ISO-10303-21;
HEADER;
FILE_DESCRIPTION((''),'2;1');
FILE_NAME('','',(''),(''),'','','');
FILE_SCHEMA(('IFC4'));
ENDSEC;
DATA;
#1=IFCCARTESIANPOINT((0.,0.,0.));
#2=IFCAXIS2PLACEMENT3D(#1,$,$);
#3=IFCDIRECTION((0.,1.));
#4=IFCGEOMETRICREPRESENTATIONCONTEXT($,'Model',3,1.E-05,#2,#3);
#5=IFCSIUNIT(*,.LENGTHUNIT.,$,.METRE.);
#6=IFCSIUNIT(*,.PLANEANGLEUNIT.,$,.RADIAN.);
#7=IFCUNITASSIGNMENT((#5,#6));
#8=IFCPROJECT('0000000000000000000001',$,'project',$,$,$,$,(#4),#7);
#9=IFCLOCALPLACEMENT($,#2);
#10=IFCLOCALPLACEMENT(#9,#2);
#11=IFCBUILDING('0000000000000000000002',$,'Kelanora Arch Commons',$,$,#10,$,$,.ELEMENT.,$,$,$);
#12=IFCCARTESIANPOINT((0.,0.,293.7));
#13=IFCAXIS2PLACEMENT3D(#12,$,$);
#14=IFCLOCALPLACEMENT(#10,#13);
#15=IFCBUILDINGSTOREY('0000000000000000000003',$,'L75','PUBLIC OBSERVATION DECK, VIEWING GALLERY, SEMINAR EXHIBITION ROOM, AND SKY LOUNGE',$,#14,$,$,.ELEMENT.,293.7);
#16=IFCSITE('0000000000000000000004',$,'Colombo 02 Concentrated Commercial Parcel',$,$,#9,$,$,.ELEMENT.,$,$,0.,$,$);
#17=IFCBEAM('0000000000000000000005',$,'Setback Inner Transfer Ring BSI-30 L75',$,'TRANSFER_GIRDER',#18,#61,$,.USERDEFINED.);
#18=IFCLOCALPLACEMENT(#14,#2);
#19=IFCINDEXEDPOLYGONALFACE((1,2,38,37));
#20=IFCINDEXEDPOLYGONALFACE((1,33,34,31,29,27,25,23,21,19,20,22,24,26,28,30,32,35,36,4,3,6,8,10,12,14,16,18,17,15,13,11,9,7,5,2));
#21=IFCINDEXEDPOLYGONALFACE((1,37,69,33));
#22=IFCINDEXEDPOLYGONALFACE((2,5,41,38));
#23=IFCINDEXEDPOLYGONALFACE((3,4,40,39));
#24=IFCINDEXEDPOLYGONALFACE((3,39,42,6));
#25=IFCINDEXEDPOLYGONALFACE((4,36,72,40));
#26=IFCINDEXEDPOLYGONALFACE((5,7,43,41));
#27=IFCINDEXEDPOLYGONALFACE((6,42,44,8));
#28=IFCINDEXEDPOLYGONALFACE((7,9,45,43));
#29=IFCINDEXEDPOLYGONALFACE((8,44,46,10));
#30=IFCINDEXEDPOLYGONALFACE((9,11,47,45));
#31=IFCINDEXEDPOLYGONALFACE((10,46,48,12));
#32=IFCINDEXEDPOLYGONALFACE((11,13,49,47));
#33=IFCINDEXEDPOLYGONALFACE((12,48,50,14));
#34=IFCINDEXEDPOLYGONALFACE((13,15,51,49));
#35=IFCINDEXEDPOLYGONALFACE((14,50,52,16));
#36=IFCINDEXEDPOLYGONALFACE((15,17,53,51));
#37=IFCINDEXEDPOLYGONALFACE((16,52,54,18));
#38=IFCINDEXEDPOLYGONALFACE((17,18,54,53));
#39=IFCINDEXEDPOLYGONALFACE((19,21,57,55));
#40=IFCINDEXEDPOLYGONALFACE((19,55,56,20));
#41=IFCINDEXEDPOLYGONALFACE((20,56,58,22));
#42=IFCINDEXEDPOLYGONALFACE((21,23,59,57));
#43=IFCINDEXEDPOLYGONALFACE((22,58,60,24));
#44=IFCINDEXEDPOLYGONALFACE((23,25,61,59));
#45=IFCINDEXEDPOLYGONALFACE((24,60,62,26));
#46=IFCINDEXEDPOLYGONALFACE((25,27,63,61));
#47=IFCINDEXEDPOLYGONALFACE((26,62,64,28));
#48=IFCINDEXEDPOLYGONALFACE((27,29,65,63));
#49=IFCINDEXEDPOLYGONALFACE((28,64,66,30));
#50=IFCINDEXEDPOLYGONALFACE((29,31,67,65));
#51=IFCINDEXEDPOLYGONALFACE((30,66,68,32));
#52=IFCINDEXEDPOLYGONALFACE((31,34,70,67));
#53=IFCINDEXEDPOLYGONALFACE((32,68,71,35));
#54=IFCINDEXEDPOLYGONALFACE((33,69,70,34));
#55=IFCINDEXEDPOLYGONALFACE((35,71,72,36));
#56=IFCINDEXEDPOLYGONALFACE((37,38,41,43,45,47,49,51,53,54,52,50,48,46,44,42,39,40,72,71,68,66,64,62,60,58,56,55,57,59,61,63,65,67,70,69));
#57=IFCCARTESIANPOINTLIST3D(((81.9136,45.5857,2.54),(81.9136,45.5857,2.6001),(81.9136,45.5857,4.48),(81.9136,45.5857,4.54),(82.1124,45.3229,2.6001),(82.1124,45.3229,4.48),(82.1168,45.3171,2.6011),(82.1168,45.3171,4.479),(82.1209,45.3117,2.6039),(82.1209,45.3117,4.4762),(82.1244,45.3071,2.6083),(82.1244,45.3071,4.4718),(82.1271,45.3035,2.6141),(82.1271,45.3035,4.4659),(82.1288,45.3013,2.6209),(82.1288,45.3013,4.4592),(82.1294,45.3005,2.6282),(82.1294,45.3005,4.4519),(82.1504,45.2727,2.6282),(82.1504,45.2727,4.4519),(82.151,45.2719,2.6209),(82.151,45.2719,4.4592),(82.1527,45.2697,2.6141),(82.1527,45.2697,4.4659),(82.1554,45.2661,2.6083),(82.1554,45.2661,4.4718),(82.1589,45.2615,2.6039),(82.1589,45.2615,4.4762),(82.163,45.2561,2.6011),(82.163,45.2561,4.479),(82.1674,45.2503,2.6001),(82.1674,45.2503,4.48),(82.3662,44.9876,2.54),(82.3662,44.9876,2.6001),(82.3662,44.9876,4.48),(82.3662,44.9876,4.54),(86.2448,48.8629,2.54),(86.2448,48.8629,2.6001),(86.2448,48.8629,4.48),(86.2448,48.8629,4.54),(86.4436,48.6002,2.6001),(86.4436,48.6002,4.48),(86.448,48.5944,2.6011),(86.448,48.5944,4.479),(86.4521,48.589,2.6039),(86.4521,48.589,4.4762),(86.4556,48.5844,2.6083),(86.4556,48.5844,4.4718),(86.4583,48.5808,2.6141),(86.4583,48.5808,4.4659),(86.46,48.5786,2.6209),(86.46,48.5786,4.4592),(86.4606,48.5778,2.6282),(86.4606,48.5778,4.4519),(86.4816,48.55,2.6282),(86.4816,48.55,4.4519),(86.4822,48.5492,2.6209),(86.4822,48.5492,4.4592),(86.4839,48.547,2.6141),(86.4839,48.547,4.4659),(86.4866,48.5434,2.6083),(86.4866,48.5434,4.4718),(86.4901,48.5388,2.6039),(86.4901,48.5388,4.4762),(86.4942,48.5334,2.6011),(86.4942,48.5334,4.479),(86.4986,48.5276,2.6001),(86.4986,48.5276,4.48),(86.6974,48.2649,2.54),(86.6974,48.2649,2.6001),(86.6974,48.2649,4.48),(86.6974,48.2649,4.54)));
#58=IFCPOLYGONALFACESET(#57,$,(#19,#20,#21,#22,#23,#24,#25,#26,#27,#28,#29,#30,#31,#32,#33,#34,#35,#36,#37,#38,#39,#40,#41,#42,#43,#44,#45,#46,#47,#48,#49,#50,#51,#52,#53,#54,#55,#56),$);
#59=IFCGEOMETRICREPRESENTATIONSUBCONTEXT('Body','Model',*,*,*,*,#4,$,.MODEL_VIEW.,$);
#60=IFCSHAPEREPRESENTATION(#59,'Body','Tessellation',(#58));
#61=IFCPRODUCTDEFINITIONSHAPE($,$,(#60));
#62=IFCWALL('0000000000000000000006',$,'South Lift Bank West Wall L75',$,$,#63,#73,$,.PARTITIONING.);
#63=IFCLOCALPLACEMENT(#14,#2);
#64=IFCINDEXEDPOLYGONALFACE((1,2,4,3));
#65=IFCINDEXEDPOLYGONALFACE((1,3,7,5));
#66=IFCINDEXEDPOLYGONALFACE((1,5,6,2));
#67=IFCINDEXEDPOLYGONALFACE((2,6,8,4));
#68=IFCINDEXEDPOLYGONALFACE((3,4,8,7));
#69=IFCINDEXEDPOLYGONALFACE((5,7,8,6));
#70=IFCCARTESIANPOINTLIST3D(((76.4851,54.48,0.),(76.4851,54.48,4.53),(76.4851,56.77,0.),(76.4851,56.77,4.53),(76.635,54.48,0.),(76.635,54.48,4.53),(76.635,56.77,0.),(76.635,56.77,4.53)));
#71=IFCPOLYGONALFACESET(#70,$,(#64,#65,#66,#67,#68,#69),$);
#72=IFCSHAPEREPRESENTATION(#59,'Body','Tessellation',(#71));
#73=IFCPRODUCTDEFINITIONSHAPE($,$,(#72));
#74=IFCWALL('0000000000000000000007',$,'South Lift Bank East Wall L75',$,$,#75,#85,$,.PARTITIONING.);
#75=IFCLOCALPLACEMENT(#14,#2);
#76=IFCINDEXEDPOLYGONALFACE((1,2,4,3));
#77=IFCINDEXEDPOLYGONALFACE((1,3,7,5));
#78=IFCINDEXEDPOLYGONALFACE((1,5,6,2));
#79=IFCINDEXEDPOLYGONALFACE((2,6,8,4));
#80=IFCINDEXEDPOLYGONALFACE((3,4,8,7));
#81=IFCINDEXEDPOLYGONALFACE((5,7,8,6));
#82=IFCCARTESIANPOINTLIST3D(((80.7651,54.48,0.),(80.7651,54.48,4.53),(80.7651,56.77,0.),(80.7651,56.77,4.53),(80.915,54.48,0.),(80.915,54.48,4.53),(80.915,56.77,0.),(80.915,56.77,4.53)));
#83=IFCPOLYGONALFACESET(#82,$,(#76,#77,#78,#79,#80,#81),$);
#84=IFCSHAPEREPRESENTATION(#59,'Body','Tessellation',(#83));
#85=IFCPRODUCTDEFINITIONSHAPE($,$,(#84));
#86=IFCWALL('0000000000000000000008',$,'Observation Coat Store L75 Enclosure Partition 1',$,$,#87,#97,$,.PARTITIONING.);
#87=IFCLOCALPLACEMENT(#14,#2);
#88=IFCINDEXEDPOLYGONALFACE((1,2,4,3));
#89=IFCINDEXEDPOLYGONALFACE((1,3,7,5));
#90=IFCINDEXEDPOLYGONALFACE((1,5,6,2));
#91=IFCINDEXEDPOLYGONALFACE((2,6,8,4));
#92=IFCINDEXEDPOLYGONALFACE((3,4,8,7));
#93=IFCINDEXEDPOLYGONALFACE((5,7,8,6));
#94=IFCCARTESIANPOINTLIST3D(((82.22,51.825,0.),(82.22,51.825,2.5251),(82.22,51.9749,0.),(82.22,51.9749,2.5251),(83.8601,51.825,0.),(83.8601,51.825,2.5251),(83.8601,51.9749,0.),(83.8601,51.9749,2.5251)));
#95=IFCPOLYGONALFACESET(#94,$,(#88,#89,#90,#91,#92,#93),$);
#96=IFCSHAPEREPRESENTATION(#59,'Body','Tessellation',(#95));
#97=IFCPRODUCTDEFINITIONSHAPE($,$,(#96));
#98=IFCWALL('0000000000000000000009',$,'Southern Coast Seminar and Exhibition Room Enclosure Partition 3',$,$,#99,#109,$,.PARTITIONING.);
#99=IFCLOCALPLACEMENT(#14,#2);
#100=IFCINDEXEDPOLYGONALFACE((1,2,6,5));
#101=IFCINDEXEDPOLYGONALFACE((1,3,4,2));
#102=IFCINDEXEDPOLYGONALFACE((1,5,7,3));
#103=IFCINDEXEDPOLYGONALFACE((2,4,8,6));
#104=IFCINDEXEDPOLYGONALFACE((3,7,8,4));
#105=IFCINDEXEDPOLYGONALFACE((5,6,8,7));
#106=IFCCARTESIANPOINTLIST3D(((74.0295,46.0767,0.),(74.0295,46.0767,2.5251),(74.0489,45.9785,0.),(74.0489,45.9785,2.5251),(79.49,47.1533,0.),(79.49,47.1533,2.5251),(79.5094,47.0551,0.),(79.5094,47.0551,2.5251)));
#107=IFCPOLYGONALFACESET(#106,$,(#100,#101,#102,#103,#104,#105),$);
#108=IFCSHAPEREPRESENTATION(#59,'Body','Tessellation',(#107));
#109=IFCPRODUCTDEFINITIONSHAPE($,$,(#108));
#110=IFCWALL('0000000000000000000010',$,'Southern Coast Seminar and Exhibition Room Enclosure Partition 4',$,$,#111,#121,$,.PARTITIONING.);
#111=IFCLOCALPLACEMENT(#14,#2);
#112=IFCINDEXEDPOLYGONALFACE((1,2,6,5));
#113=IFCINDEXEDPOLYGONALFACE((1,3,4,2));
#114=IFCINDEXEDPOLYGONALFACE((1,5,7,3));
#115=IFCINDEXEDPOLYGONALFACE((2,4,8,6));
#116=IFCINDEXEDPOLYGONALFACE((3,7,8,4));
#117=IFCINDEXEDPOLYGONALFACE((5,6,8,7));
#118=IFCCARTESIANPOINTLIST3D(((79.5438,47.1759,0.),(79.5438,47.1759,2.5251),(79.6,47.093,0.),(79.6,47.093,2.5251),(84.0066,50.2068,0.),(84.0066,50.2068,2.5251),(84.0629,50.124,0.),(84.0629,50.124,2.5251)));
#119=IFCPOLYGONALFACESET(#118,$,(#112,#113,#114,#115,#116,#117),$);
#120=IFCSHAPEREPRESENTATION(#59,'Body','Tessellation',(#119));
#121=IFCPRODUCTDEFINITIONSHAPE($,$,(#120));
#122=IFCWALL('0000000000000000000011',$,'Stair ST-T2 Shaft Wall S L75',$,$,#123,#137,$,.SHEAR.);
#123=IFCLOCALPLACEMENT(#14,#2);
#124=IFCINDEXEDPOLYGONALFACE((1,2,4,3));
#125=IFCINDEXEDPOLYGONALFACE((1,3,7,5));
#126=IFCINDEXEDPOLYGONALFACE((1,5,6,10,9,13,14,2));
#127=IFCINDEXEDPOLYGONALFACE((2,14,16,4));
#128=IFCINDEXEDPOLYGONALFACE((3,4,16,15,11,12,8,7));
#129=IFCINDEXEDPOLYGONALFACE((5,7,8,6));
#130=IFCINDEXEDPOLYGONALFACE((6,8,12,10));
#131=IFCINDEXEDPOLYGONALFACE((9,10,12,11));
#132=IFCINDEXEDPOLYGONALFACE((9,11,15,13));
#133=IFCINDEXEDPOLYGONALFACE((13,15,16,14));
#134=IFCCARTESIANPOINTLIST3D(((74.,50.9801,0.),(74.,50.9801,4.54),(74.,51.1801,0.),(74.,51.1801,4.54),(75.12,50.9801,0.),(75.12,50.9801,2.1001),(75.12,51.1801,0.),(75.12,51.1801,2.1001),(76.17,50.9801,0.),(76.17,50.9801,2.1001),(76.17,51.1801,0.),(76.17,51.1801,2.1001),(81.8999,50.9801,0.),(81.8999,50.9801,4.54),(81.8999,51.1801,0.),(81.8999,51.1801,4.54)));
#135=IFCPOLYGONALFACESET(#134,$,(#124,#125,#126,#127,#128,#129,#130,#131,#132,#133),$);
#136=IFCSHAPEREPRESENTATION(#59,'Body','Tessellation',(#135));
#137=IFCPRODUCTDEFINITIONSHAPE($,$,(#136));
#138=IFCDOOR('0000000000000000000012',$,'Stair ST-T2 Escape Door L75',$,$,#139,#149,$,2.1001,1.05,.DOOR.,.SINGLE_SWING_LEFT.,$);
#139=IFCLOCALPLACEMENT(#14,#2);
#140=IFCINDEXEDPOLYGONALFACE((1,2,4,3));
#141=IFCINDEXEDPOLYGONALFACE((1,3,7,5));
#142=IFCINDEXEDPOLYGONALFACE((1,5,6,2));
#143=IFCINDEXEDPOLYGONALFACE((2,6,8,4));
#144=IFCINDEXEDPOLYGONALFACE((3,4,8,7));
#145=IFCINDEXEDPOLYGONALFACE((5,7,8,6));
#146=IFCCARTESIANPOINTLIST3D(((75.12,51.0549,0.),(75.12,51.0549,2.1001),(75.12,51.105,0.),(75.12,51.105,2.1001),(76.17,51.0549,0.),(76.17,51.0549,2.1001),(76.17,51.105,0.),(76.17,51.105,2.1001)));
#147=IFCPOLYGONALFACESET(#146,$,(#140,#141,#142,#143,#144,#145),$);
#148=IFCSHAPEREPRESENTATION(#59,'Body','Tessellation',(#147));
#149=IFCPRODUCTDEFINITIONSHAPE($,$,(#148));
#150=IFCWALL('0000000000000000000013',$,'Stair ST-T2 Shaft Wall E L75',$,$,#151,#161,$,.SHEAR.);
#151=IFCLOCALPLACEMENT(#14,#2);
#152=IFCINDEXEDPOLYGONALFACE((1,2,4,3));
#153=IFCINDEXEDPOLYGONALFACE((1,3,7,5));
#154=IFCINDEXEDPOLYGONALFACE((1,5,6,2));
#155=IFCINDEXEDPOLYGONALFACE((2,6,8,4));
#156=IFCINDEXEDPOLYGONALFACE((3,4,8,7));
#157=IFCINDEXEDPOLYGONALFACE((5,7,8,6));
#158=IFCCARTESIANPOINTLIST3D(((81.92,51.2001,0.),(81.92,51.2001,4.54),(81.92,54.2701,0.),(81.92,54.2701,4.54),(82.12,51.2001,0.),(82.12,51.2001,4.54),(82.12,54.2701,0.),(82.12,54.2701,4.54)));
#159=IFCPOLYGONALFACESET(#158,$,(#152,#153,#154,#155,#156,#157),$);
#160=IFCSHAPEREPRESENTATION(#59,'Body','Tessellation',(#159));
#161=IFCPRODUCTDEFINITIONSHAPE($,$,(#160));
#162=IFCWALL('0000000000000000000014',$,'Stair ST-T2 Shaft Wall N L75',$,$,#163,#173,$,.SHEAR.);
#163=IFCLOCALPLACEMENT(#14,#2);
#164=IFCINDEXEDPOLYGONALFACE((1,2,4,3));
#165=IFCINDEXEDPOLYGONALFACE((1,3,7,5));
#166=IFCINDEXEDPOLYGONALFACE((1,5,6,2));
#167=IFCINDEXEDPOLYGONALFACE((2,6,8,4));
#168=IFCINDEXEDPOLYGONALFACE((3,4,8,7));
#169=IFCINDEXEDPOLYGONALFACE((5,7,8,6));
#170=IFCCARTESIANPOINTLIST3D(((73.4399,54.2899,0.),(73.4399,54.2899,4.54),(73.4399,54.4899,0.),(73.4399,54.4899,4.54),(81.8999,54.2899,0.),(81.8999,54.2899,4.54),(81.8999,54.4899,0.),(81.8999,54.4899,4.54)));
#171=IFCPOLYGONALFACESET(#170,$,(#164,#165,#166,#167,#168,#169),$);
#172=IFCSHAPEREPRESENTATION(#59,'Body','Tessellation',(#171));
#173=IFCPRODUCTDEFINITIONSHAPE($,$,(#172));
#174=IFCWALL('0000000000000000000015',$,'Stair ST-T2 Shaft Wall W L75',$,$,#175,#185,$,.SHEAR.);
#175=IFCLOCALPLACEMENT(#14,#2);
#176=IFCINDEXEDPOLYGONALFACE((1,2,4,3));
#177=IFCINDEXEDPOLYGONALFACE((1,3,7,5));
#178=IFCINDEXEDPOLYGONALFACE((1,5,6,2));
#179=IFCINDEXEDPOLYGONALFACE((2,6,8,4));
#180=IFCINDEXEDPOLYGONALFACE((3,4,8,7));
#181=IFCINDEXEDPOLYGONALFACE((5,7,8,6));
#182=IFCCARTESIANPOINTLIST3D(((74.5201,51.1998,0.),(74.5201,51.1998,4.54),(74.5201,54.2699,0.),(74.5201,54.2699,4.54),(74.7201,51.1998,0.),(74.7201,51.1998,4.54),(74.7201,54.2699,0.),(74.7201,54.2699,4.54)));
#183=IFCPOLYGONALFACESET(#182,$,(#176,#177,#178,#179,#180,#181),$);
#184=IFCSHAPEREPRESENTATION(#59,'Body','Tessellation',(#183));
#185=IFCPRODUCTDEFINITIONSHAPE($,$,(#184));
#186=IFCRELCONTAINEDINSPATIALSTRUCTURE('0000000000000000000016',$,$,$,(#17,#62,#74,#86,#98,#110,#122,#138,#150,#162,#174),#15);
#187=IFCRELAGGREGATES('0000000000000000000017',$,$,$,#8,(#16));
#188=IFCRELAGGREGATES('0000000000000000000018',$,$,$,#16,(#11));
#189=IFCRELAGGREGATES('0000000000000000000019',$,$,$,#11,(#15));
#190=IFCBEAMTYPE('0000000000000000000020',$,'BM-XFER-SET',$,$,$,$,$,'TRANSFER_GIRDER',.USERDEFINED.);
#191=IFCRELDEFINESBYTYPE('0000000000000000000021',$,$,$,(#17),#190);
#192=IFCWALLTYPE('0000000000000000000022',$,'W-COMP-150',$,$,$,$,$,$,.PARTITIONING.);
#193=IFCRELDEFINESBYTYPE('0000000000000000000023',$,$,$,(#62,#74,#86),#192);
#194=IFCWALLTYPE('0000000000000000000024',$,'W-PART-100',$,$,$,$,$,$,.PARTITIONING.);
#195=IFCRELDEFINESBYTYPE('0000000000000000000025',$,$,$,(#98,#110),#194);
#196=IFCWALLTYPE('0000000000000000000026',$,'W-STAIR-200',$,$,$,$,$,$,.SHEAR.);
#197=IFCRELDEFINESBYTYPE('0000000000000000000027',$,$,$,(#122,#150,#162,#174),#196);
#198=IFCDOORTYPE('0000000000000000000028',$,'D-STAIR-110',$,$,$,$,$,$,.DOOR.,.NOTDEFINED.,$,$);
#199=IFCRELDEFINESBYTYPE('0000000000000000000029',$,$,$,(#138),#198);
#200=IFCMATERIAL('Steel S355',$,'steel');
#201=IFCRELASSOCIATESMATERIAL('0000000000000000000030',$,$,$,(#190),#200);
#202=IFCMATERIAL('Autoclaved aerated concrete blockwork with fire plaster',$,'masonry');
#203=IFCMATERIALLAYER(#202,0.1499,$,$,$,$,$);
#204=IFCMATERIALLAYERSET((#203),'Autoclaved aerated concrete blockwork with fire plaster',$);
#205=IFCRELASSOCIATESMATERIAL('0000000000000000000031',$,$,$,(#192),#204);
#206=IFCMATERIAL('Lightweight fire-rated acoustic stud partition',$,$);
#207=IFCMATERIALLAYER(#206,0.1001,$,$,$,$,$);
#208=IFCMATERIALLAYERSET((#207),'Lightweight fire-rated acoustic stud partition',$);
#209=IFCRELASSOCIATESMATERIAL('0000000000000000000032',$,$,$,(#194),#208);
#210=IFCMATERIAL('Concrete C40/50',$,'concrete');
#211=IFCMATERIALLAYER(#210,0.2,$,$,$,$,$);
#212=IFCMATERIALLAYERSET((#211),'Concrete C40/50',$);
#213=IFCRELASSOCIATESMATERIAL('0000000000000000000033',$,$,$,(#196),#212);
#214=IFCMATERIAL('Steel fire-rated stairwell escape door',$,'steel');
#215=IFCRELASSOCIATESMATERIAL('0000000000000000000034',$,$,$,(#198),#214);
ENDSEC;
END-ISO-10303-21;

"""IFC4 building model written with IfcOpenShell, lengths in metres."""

from ifc_helpers import new_model, si_unit, direction, frame, frame_2d, origin, origin_2d, place, context, subcontext, project, spatial, rectangle, i_section, extrude, material, layer, layer_set, material_profile, profile_set, type_object, element, fill, save


model = new_model("IFC4")

# Units and contexts
model_context = context("Model", 3, precision=1e-05, world=origin(), true_north=direction((0.0, 1.0)))
body_context = subcontext(model_context, "Body", "Model", "MODEL_VIEW")
ifc_project = project(units=[si_unit("LENGTHUNIT", "METRE"), si_unit("PLANEANGLEUNIT", "RADIAN")], contexts=[model_context])

# Site, building, storey
site_placement = place(None, origin())
site = spatial("IfcSite", under=ifc_project, at=site_placement, Name="Colombo 02 Concentrated Commercial Parcel", CompositionType="ELEMENT", RefElevation=0.0)
building_placement = place(site_placement, origin())
building = spatial("IfcBuilding", under=site, at=building_placement, Name="Kelanora Arch Commons", CompositionType="ELEMENT")
storey_placement = place(building_placement, frame((0.0, 0.0, 293.7)))
storey = spatial("IfcBuildingStorey", under=building, at=storey_placement, Name="L75", Description="PUBLIC OBSERVATION DECK, VIEWING GALLERY, SEMINAR EXHIBITION ROOM, AND SKY LOUNGE", CompositionType="ELEMENT", Elevation=293.7)

# Beam
ifc_material_1 = material(Name="Steel S355", Category="steel")
ifc_material_profile_1 = material_profile(ifc_material_1, i_section(OverallWidth=0.75, OverallDepth=2.0, WebThickness=0.0349, FlangeThickness=0.0601, FilletRadius=0.0281, at=origin_2d()), Name="PG2000x750")
ifc_profile_set_1 = profile_set([ifc_material_profile_1], Name="Steel S355")
beam_type_1 = type_object("IfcBeamType", Name="BM-XFER-SET", ElementType="TRANSFER_GIRDER", PredefinedType="USERDEFINED", material=ifc_profile_set_1)
beam_1_placement = place(storey_placement, frame((82.1399, 45.2866, 3.54), z_axis=(0.797441, 0.603396, 0.0), x_axis=(-0.603396, 0.797441, 0.0)))
element("IfcBeam", 1, at=beam_1_placement, inside=storey, type_object=beam_type_1, Name="Setback Inner Transfer Ring BSI-30 L75", ObjectType="TRANSFER_GIRDER", PredefinedType="USERDEFINED", context=body_context, shape_type="SweptSolid", body=[
    extrude(i_section(OverallWidth=0.75, OverallDepth=2.0, WebThickness=0.0349, FlangeThickness=0.0601, FilletRadius=0.0281, at=origin_2d()), origin(), (0.0, 0.0, 1.0), 5.4314),
])

# Walls
ifc_material_2 = material(Name="Autoclaved aerated concrete blockwork with fire plaster", Category="masonry")
ifc_layer_1 = layer(ifc_material_2, 0.1499)
ifc_layer_set_1 = layer_set([ifc_layer_1], Name="Autoclaved aerated concrete blockwork with fire plaster")
wall_type_1 = type_object("IfcWallType", Name="W-COMP-150", PredefinedType="PARTITIONING", material=ifc_layer_set_1)
for number, where, z_axis, x_axis, name in (
    (2, (76.5601, 54.48, 0.0), (0.0, 0.0, 1.0), (0.0, 1.0, 0.0), "South Lift Bank West Wall L75"),
    (3, (80.8401, 54.48, 0.0), (0.0, 0.0, 1.0), (0.0, 1.0, 0.0), "South Lift Bank East Wall L75"),
):
    element("IfcWall", number, at=place(storey_placement, frame(where, z_axis=z_axis, x_axis=x_axis)), inside=storey, type_object=wall_type_1, Name=name, PredefinedType="PARTITIONING", context=body_context, shape_type="SweptSolid", body=[
        extrude(rectangle(XDim=2.29, YDim=0.1499, at=frame_2d((1.145, 0.0))), origin(), (0.0, 0.0, 1.0), 4.53),
    ])
wall_1_placement = place(storey_placement, frame((82.22, 51.8999, 0.0), z_axis=(0.0, 0.0, 1.0), x_axis=(1.0, 0.0, 0.0)))
element("IfcWall", 4, at=wall_1_placement, inside=storey, type_object=wall_type_1, Name="Observation Coat Store L75 Enclosure Partition 1", PredefinedType="PARTITIONING", context=body_context, shape_type="SweptSolid", body=[
    extrude(rectangle(XDim=1.6401, YDim=0.1499, at=frame_2d((0.8201, 0.0))), origin(), (0.0, 0.0, 1.0), 2.5251),
])
ifc_material_3 = material(Name="Lightweight fire-rated acoustic stud partition")
ifc_layer_2 = layer(ifc_material_3, 0.1001)
ifc_layer_set_2 = layer_set([ifc_layer_2], Name="Lightweight fire-rated acoustic stud partition")
wall_type_2 = type_object("IfcWallType", Name="W-PART-100", PredefinedType="PARTITIONING", material=ifc_layer_set_2)
wall_2_placement = place(storey_placement, frame((74.0393, 46.0276, 0.0), z_axis=(0.0, 0.0, 1.0), x_axis=(0.98111, 0.19345, 0.0)))
element("IfcWall", 5, at=wall_2_placement, inside=storey, type_object=wall_type_2, Name="Southern Coast Seminar and Exhibition Room Enclosure Partition 3", PredefinedType="PARTITIONING", context=body_context, shape_type="SweptSolid", body=[
    extrude(rectangle(XDim=5.5657, YDim=0.1001, at=frame_2d((2.7827, 0.0))), origin(), (0.0, 0.0, 1.0), 2.5251),
])
wall_3_placement = place(storey_placement, frame((79.572, 47.1345, 0.0), z_axis=(0.0, 0.0, 1.0), x_axis=(0.82725, 0.561833, 0.0)))
element("IfcWall", 6, at=wall_3_placement, inside=storey, type_object=wall_type_2, Name="Southern Coast Seminar and Exhibition Room Enclosure Partition 4", PredefinedType="PARTITIONING", context=body_context, shape_type="SweptSolid", body=[
    extrude(rectangle(XDim=5.3948, YDim=0.1001, at=frame_2d((2.6973, 0.0))), origin(), (0.0, 0.0, 1.0), 2.5251),
])

# Wall, opening, door
ifc_material_4 = material(Name="Concrete C40/50", Category="concrete")
ifc_layer_3 = layer(ifc_material_4, 0.2)
ifc_layer_set_3 = layer_set([ifc_layer_3], Name="Concrete C40/50")
wall_type_3 = type_object("IfcWallType", Name="W-STAIR-200", PredefinedType="SHEAR", material=ifc_layer_set_3)
wall_4_placement = place(storey_placement, frame((74.0, 51.0801, 0.0), z_axis=(0.0, 0.0, 1.0), x_axis=(1.0, 0.0, 0.0)))
wall_4 = element("IfcWall", 7, at=wall_4_placement, inside=storey, type_object=wall_type_3, Name="Stair ST-T2 Shaft Wall S L75", PredefinedType="SHEAR", context=body_context, shape_type="SweptSolid", body=[
    extrude(rectangle(XDim=7.8999, YDim=0.2, at=frame_2d((3.95, 0.0))), origin(), (0.0, 0.0, 1.0), 4.54),
])
opening_placement = place(wall_4_placement, frame((1.1201, 0.0, 0.0)))
opening = element("IfcOpeningElement", 8, at=opening_placement, cuts=wall_4, PredefinedType="OPENING", context=body_context, shape_type="SweptSolid", body=[
    extrude(rectangle(XDim=1.05, YDim=2.1001, at=frame_2d((0.5249, 1.05))), frame((0.0, 0.1099, 0.0), z_axis=(0.0, -1.0, 0.0), x_axis=(1.0, 0.0, 0.0)), (0.0, 0.0, 1.0), 0.22),
])
ifc_material_5 = material(Name="Steel fire-rated stairwell escape door", Category="steel")
door_type = type_object("IfcDoorType", Name="D-STAIR-110", OperationType="NOTDEFINED", PredefinedType="DOOR", material=ifc_material_5)
door_placement = place(opening_placement, origin())
door = element("IfcDoor", 9, at=door_placement, inside=storey, type_object=door_type, Name="Stair ST-T2 Escape Door L75", OperationType="SINGLE_SWING_LEFT", OverallHeight=2.1001, OverallWidth=1.05, PredefinedType="DOOR", context=body_context, shape_type="SweptSolid", body=[
    extrude(rectangle(XDim=1.05, YDim=2.1001, at=frame_2d((0.5249, 1.05))), frame((0.0, 0.0249, 0.0), z_axis=(0.0, -1.0, 0.0), x_axis=(1.0, 0.0, 0.0)), (0.0, 0.0, 1.0), 0.05),
])
fill(opening, door)

# Walls
wall_5_placement = place(storey_placement, frame((82.02, 51.2, 0.0), z_axis=(0.0, 0.0, 1.0), x_axis=(0.0, 1.0, 0.0)))
element("IfcWall", 10, at=wall_5_placement, inside=storey, type_object=wall_type_3, Name="Stair ST-T2 Shaft Wall E L75", PredefinedType="SHEAR", context=body_context, shape_type="SweptSolid", body=[
    extrude(rectangle(XDim=3.0701, YDim=0.2, at=frame_2d((1.5352, 0.0))), origin(), (0.0, 0.0, 1.0), 4.54),
])
wall_6_placement = place(storey_placement, frame((81.8999, 54.3899, 0.0), z_axis=(0.0, 0.0, 1.0), x_axis=(-1.0, 0.0, 0.0)))
element("IfcWall", 11, at=wall_6_placement, inside=storey, type_object=wall_type_3, Name="Stair ST-T2 Shaft Wall N L75", PredefinedType="SHEAR", context=body_context, shape_type="SweptSolid", body=[
    extrude(rectangle(XDim=8.46, YDim=0.2, at=frame_2d((4.23, 0.0))), origin(), (0.0, 0.0, 1.0), 4.54),
])
wall_7_placement = place(storey_placement, frame((74.6201, 54.27, 0.0), z_axis=(0.0, 0.0, 1.0), x_axis=(0.0, -1.0, 0.0)))
element("IfcWall", 12, at=wall_7_placement, inside=storey, type_object=wall_type_3, Name="Stair ST-T2 Shaft Wall W L75", PredefinedType="SHEAR", context=body_context, shape_type="SweptSolid", body=[
    extrude(rectangle(XDim=3.0701, YDim=0.2, at=frame_2d((1.5352, 0.0))), origin(), (0.0, 0.0, 1.0), 4.54),
])

save(model, "model.ifc")
